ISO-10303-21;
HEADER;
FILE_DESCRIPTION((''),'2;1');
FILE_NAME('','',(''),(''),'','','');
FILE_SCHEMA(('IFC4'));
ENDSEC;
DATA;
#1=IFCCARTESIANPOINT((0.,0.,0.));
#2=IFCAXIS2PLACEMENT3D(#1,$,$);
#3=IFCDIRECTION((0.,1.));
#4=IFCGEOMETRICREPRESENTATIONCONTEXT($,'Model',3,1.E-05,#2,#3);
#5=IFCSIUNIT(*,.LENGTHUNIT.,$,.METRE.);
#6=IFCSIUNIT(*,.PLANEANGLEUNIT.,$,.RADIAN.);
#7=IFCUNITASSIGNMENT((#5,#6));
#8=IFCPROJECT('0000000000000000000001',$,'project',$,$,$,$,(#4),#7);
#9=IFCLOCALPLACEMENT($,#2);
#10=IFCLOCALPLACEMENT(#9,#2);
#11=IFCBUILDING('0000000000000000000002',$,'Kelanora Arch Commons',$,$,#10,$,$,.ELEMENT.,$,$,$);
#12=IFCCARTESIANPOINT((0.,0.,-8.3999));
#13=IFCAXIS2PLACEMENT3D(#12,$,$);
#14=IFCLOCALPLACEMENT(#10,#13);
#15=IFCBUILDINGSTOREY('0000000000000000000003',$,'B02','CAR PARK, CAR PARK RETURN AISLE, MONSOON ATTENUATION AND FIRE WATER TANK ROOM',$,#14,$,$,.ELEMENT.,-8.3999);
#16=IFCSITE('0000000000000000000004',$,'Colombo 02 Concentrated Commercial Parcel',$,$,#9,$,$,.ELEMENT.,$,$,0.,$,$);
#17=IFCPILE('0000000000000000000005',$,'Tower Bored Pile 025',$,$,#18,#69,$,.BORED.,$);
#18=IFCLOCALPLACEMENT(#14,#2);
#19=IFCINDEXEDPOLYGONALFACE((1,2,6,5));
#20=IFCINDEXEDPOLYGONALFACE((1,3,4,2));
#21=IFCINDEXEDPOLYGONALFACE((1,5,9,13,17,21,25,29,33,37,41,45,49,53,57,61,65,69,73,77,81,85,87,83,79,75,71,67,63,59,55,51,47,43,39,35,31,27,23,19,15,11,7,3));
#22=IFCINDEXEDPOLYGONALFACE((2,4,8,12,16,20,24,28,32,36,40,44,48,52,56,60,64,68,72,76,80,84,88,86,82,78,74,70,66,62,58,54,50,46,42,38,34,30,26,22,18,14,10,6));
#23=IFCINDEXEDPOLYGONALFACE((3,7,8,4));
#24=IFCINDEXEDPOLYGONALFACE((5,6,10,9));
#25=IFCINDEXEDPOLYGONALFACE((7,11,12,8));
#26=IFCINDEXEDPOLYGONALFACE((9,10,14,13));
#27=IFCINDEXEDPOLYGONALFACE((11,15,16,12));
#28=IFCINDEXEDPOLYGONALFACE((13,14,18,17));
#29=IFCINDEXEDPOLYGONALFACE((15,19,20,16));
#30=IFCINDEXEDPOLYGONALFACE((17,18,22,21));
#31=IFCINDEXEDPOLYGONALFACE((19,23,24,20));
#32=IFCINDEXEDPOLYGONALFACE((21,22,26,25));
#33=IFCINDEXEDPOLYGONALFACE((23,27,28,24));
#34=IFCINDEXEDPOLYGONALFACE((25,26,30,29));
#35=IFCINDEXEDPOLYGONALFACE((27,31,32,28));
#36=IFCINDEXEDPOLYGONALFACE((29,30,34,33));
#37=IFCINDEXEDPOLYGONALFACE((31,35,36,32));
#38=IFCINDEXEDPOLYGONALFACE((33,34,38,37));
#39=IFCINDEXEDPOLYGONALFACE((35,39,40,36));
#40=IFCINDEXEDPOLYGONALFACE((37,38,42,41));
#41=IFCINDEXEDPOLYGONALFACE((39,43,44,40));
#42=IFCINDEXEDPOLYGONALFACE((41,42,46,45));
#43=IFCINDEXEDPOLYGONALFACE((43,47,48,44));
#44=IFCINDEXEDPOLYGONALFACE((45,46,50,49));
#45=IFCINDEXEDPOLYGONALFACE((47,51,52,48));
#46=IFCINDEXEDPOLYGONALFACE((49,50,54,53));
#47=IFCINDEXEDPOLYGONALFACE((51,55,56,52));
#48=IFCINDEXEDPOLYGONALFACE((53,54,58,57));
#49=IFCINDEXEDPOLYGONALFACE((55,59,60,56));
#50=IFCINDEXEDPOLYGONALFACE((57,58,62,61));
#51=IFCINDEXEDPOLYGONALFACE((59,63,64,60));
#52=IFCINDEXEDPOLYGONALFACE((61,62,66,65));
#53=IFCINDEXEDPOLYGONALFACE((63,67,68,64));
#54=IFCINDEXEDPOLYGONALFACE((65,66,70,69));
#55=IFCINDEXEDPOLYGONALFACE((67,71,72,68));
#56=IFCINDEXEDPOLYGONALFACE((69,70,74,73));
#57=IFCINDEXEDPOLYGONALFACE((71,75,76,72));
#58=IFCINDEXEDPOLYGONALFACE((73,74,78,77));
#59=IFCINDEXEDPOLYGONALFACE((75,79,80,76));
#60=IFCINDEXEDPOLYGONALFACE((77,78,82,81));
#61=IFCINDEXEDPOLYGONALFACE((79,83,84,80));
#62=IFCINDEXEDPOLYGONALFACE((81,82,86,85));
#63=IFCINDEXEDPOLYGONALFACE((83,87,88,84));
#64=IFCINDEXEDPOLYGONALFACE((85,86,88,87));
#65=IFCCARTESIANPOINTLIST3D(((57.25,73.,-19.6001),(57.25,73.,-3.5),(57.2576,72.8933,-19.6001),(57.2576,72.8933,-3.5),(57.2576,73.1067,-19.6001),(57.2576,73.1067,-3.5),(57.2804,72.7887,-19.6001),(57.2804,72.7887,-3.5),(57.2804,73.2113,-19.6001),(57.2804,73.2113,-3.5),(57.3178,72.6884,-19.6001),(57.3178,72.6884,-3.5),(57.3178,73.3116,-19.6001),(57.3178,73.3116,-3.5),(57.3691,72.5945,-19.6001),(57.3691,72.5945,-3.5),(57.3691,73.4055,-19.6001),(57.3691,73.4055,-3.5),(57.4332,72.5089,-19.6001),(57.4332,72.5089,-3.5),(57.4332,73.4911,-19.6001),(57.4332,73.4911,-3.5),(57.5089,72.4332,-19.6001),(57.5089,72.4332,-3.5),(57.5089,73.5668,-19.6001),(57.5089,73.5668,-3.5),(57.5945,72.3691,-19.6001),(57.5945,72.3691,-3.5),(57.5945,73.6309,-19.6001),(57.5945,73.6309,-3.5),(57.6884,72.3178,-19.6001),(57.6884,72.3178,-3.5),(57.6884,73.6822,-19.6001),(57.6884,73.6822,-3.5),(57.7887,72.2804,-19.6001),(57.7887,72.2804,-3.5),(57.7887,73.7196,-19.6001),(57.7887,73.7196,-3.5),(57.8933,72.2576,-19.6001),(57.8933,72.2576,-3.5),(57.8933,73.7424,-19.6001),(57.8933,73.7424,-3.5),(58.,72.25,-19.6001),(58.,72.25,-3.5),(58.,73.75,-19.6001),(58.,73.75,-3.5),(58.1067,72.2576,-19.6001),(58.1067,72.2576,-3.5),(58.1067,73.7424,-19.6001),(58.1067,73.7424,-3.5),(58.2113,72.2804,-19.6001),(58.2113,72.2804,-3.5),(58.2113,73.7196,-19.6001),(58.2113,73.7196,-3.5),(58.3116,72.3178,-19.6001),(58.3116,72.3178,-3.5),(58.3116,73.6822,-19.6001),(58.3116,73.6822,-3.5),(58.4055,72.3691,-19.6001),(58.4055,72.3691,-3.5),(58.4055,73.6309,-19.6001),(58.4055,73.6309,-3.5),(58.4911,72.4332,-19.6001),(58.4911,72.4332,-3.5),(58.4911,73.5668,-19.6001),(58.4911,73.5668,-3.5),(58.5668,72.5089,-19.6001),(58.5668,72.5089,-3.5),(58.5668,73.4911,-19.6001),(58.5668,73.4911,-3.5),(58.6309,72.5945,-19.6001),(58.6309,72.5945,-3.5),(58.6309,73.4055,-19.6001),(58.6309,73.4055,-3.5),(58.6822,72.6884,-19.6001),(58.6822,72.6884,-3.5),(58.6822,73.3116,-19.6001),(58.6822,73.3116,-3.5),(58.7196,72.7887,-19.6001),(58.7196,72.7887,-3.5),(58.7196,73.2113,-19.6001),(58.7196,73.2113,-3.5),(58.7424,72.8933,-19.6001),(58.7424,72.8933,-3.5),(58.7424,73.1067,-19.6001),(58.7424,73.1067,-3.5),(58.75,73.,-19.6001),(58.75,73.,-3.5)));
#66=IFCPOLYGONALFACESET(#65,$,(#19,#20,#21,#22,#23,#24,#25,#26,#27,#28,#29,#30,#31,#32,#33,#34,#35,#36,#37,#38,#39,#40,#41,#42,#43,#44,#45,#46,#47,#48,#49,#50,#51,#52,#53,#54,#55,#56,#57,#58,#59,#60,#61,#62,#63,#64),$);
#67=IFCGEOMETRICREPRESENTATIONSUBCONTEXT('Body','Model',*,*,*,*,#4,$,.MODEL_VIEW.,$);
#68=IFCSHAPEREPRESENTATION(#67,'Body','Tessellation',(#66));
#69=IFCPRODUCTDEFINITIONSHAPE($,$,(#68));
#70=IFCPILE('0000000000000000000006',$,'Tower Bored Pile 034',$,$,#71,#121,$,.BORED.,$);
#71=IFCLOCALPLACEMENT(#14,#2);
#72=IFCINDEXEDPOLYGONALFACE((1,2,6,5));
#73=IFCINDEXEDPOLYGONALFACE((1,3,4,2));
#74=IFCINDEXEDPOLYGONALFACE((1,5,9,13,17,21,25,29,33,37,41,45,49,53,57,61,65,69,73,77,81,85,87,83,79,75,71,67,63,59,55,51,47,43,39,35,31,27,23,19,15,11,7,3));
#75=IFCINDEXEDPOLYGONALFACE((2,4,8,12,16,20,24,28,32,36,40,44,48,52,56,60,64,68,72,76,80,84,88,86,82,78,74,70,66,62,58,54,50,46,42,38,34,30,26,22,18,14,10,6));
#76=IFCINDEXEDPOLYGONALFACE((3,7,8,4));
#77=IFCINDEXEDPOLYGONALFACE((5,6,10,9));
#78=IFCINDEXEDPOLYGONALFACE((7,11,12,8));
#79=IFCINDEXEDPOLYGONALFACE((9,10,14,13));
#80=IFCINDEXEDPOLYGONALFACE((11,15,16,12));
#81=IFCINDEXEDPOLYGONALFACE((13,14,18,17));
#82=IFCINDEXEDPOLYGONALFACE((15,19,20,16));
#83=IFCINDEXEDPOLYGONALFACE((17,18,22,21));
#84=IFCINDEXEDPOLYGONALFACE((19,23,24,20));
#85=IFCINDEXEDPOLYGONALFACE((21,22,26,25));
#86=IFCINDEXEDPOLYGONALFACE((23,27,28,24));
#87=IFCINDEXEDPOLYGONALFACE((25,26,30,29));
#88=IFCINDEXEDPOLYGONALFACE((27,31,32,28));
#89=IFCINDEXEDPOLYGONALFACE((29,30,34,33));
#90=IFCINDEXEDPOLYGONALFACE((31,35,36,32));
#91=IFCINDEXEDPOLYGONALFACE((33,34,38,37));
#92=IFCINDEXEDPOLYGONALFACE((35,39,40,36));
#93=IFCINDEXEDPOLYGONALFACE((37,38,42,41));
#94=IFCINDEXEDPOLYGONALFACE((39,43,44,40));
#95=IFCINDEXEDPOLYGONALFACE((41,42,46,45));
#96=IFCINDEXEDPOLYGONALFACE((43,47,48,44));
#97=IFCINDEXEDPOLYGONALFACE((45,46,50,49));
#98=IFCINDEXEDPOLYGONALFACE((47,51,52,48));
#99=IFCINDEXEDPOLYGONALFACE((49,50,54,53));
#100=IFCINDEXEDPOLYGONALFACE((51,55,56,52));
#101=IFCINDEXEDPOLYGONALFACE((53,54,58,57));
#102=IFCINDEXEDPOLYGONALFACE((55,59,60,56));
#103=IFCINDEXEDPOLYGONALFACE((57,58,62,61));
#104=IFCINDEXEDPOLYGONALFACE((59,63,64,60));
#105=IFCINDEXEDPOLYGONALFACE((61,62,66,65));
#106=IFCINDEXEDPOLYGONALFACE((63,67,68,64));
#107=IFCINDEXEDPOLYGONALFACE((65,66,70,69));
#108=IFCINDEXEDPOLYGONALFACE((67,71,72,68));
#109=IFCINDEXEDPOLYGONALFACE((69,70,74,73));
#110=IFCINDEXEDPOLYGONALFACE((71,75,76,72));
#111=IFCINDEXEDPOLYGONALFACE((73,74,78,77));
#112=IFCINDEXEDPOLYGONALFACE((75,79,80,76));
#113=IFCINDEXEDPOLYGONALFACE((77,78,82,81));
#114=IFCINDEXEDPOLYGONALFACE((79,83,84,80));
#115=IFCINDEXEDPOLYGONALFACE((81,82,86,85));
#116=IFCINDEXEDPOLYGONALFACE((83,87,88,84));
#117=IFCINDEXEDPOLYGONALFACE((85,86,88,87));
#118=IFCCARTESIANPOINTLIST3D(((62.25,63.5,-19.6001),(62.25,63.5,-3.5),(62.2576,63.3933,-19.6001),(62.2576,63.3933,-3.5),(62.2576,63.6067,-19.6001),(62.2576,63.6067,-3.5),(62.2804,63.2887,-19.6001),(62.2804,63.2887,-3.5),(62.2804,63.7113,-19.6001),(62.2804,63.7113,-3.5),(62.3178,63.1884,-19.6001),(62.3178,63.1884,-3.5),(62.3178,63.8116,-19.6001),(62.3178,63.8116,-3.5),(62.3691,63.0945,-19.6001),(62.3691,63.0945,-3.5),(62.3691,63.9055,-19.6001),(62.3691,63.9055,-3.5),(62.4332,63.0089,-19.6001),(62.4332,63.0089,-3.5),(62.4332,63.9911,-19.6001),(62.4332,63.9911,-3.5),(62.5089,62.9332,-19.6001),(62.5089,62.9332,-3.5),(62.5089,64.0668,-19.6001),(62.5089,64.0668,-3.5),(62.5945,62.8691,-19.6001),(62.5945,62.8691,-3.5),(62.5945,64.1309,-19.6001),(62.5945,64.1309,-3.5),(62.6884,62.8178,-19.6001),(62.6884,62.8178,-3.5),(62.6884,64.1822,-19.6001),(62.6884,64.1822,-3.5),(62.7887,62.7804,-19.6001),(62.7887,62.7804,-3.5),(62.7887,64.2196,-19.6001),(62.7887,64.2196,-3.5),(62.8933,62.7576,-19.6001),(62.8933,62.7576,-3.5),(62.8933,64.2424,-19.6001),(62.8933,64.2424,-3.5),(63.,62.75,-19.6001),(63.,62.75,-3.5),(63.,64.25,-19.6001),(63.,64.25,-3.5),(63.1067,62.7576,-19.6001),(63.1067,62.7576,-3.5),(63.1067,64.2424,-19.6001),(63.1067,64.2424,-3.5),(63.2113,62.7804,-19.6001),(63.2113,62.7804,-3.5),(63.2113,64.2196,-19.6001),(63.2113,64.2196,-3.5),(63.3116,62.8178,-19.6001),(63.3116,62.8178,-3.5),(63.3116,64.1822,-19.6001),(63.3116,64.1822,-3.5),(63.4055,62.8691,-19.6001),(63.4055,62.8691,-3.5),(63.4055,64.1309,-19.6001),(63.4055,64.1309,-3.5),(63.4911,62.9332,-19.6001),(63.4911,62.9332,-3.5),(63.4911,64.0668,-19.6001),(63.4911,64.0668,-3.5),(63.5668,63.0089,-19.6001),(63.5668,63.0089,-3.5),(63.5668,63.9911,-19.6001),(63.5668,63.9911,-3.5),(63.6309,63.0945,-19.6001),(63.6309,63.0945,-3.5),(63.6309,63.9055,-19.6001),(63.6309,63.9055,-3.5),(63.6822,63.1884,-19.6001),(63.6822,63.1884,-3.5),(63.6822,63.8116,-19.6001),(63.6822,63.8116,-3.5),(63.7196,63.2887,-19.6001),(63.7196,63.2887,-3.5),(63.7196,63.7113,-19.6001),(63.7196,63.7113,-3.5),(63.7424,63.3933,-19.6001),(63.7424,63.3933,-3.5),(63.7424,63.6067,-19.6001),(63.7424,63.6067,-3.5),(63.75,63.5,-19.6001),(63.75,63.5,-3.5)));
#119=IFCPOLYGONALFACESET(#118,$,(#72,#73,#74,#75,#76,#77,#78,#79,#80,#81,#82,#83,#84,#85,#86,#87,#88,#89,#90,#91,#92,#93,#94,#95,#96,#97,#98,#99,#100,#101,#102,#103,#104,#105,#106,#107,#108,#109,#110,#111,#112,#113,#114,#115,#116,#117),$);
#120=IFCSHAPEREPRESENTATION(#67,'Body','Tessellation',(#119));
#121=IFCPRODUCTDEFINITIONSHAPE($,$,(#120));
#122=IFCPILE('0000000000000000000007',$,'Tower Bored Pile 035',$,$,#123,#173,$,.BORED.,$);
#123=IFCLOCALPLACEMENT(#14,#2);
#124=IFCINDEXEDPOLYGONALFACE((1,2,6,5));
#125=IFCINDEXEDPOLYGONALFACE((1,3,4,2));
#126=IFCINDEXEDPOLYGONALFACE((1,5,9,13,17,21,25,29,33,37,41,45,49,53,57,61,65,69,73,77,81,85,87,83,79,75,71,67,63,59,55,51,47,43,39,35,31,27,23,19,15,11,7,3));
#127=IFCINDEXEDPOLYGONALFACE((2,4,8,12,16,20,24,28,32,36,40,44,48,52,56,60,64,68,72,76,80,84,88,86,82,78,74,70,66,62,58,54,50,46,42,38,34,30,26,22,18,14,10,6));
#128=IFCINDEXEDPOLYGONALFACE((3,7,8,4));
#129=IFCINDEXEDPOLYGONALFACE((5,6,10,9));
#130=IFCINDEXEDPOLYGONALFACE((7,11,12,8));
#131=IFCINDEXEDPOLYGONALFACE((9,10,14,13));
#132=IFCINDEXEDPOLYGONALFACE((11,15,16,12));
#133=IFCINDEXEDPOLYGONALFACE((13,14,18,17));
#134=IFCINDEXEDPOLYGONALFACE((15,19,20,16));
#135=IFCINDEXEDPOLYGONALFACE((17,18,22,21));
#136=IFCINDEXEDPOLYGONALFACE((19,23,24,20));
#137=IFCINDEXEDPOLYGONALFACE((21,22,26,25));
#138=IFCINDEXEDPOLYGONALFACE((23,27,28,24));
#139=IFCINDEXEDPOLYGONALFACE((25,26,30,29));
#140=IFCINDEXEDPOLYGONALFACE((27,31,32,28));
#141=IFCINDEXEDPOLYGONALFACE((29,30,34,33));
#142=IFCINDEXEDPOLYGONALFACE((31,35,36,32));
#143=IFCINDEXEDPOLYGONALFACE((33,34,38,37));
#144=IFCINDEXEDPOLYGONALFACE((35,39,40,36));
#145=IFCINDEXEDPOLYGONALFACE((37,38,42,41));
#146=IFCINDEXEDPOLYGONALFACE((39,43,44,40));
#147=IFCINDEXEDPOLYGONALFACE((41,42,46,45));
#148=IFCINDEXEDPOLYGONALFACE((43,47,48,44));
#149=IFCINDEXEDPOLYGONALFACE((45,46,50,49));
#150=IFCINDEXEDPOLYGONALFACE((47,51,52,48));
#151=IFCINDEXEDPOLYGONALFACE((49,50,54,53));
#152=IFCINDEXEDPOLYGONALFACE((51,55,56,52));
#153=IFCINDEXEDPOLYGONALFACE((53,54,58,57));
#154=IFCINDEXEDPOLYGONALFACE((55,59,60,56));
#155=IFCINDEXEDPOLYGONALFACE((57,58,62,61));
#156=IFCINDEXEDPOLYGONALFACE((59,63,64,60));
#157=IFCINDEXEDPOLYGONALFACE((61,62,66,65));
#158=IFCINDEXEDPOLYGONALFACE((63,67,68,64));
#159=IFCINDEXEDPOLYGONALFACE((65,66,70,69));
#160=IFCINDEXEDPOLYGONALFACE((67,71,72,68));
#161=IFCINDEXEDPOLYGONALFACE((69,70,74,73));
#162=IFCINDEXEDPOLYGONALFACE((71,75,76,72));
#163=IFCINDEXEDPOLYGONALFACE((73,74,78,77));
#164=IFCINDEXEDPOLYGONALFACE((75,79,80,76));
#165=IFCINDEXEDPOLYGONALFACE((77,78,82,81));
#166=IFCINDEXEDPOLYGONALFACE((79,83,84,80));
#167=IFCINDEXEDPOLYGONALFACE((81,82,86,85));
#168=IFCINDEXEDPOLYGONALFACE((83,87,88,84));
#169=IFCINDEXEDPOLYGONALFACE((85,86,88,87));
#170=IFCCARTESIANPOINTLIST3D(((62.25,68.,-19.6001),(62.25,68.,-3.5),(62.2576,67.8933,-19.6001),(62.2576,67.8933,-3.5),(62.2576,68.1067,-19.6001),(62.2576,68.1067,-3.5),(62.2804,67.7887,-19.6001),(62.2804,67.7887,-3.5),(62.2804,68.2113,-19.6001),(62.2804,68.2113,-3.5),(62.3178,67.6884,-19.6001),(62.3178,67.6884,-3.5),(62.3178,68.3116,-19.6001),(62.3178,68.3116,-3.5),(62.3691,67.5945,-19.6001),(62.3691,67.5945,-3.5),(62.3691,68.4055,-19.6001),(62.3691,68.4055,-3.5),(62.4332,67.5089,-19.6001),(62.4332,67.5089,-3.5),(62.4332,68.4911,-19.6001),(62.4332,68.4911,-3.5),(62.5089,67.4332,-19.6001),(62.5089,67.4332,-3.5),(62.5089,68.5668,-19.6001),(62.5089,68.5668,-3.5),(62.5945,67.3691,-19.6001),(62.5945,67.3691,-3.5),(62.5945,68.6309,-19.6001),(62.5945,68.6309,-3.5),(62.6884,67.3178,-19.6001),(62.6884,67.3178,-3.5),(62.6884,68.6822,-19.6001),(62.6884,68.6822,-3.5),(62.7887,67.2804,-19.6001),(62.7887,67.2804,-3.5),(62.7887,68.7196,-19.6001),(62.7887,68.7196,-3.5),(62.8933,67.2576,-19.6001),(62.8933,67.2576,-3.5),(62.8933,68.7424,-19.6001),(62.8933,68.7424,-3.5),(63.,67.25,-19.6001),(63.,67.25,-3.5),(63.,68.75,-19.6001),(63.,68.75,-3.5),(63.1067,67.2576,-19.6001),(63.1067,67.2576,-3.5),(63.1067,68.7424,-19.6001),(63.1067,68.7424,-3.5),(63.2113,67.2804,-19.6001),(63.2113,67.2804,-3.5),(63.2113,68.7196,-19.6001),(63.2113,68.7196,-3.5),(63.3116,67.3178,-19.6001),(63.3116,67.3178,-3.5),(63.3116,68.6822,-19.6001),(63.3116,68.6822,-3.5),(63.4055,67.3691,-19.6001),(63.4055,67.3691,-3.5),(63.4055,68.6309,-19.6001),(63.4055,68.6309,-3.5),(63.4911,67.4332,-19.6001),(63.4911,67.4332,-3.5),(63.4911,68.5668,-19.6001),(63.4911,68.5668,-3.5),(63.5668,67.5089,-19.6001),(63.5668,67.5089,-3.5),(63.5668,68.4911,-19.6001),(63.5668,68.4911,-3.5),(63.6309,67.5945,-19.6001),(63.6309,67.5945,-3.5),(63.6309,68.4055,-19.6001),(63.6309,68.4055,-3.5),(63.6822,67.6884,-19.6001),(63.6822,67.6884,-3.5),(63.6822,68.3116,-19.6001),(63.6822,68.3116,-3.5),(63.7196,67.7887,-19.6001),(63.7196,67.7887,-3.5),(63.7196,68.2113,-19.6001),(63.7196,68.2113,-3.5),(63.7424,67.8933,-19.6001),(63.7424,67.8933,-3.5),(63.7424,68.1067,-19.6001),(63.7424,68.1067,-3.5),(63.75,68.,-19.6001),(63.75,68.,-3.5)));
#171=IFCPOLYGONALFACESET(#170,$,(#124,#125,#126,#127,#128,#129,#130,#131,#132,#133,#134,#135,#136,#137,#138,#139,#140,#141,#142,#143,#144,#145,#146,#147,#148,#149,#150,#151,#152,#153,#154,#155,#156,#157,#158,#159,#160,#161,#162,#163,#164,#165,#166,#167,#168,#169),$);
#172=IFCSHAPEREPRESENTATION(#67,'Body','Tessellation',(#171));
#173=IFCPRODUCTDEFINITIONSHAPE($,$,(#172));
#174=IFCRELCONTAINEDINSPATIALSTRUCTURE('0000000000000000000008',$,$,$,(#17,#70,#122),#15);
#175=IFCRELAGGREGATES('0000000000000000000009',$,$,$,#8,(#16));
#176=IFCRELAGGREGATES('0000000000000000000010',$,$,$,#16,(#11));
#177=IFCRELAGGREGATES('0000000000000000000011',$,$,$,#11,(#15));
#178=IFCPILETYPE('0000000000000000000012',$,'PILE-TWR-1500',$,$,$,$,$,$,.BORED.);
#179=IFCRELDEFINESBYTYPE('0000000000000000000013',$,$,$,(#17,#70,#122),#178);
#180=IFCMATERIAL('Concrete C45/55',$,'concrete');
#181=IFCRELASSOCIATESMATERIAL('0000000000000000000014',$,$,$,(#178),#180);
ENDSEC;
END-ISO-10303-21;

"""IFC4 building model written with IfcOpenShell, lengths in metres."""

from ifc_helpers import new_model, si_unit, direction, frame, origin, origin_2d, place, context, subcontext, project, spatial, circle, extrude, source, transform, mapped, material, material_profile, profile_set, type_object, element, save


model = new_model("IFC4")

# Units and contexts
model_context = context("Model", 3, precision=1e-05, world=origin(), true_north=direction((0.0, 1.0)))
body_context = subcontext(model_context, "Body", "Model", "MODEL_VIEW")
ifc_project = project(units=[si_unit("LENGTHUNIT", "METRE"), si_unit("PLANEANGLEUNIT", "RADIAN")], contexts=[model_context])

# Site, building, storey
site_placement = place(None, origin())
site = spatial("IfcSite", under=ifc_project, at=site_placement, Name="Colombo 02 Concentrated Commercial Parcel", CompositionType="ELEMENT", RefElevation=0.0)
building_placement = place(site_placement, origin())
building = spatial("IfcBuilding", under=site, at=building_placement, Name="Kelanora Arch Commons", CompositionType="ELEMENT")
storey_placement = place(building_placement, frame((0.0, 0.0, -8.3999)))
storey = spatial("IfcBuildingStorey", under=building, at=storey_placement, Name="B02", Description="CAR PARK, CAR PARK RETURN AISLE, MONSOON ATTENUATION AND FIRE WATER TANK ROOM", CompositionType="ELEMENT", Elevation=-8.3999)

# Piles
ifc_material_1 = material(Name="Concrete C45/55", Category="concrete")
ifc_material_profile_1 = material_profile(ifc_material_1, circle(Radius=0.75, at=origin_2d()), Name="PILE1500")
ifc_profile_set_1 = profile_set([ifc_material_profile_1], Name="Concrete C45/55")
pile_type = type_object("IfcPileType", Name="PILE-TWR-1500", PredefinedType="BORED", material=ifc_profile_set_1)
shared_shape = source(origin(), body_context, "Body", "SweptSolid", [
    extrude(circle(Radius=0.75, at=origin_2d()), origin(), (0.0, 0.0, 1.0), 16.1001),
])
for number, where, z_axis, x_axis, name in (
    (1, (58.0, 73.0, -3.5), (0.0, 0.0, -1.0), (1.0, 0.0, 0.0), "Tower Bored Pile 025"),
    (2, (63.0, 63.5, -3.5), (0.0, 0.0, -1.0), (1.0, 0.0, 0.0), "Tower Bored Pile 034"),
    (3, (63.0, 68.0, -3.5), (0.0, 0.0, -1.0), (1.0, 0.0, 0.0), "Tower Bored Pile 035"),
):
    element("IfcPile", number, at=place(storey_placement, frame(where, z_axis=z_axis, x_axis=x_axis)), inside=storey, type_object=pile_type, Name=name, PredefinedType="BORED", context=body_context, shape_type="MappedRepresentation", body=[
        mapped(shared_shape, transform((0.0, 0.0, 0.0), scale=1.0)),
    ])

save(model, "model.ifc")
